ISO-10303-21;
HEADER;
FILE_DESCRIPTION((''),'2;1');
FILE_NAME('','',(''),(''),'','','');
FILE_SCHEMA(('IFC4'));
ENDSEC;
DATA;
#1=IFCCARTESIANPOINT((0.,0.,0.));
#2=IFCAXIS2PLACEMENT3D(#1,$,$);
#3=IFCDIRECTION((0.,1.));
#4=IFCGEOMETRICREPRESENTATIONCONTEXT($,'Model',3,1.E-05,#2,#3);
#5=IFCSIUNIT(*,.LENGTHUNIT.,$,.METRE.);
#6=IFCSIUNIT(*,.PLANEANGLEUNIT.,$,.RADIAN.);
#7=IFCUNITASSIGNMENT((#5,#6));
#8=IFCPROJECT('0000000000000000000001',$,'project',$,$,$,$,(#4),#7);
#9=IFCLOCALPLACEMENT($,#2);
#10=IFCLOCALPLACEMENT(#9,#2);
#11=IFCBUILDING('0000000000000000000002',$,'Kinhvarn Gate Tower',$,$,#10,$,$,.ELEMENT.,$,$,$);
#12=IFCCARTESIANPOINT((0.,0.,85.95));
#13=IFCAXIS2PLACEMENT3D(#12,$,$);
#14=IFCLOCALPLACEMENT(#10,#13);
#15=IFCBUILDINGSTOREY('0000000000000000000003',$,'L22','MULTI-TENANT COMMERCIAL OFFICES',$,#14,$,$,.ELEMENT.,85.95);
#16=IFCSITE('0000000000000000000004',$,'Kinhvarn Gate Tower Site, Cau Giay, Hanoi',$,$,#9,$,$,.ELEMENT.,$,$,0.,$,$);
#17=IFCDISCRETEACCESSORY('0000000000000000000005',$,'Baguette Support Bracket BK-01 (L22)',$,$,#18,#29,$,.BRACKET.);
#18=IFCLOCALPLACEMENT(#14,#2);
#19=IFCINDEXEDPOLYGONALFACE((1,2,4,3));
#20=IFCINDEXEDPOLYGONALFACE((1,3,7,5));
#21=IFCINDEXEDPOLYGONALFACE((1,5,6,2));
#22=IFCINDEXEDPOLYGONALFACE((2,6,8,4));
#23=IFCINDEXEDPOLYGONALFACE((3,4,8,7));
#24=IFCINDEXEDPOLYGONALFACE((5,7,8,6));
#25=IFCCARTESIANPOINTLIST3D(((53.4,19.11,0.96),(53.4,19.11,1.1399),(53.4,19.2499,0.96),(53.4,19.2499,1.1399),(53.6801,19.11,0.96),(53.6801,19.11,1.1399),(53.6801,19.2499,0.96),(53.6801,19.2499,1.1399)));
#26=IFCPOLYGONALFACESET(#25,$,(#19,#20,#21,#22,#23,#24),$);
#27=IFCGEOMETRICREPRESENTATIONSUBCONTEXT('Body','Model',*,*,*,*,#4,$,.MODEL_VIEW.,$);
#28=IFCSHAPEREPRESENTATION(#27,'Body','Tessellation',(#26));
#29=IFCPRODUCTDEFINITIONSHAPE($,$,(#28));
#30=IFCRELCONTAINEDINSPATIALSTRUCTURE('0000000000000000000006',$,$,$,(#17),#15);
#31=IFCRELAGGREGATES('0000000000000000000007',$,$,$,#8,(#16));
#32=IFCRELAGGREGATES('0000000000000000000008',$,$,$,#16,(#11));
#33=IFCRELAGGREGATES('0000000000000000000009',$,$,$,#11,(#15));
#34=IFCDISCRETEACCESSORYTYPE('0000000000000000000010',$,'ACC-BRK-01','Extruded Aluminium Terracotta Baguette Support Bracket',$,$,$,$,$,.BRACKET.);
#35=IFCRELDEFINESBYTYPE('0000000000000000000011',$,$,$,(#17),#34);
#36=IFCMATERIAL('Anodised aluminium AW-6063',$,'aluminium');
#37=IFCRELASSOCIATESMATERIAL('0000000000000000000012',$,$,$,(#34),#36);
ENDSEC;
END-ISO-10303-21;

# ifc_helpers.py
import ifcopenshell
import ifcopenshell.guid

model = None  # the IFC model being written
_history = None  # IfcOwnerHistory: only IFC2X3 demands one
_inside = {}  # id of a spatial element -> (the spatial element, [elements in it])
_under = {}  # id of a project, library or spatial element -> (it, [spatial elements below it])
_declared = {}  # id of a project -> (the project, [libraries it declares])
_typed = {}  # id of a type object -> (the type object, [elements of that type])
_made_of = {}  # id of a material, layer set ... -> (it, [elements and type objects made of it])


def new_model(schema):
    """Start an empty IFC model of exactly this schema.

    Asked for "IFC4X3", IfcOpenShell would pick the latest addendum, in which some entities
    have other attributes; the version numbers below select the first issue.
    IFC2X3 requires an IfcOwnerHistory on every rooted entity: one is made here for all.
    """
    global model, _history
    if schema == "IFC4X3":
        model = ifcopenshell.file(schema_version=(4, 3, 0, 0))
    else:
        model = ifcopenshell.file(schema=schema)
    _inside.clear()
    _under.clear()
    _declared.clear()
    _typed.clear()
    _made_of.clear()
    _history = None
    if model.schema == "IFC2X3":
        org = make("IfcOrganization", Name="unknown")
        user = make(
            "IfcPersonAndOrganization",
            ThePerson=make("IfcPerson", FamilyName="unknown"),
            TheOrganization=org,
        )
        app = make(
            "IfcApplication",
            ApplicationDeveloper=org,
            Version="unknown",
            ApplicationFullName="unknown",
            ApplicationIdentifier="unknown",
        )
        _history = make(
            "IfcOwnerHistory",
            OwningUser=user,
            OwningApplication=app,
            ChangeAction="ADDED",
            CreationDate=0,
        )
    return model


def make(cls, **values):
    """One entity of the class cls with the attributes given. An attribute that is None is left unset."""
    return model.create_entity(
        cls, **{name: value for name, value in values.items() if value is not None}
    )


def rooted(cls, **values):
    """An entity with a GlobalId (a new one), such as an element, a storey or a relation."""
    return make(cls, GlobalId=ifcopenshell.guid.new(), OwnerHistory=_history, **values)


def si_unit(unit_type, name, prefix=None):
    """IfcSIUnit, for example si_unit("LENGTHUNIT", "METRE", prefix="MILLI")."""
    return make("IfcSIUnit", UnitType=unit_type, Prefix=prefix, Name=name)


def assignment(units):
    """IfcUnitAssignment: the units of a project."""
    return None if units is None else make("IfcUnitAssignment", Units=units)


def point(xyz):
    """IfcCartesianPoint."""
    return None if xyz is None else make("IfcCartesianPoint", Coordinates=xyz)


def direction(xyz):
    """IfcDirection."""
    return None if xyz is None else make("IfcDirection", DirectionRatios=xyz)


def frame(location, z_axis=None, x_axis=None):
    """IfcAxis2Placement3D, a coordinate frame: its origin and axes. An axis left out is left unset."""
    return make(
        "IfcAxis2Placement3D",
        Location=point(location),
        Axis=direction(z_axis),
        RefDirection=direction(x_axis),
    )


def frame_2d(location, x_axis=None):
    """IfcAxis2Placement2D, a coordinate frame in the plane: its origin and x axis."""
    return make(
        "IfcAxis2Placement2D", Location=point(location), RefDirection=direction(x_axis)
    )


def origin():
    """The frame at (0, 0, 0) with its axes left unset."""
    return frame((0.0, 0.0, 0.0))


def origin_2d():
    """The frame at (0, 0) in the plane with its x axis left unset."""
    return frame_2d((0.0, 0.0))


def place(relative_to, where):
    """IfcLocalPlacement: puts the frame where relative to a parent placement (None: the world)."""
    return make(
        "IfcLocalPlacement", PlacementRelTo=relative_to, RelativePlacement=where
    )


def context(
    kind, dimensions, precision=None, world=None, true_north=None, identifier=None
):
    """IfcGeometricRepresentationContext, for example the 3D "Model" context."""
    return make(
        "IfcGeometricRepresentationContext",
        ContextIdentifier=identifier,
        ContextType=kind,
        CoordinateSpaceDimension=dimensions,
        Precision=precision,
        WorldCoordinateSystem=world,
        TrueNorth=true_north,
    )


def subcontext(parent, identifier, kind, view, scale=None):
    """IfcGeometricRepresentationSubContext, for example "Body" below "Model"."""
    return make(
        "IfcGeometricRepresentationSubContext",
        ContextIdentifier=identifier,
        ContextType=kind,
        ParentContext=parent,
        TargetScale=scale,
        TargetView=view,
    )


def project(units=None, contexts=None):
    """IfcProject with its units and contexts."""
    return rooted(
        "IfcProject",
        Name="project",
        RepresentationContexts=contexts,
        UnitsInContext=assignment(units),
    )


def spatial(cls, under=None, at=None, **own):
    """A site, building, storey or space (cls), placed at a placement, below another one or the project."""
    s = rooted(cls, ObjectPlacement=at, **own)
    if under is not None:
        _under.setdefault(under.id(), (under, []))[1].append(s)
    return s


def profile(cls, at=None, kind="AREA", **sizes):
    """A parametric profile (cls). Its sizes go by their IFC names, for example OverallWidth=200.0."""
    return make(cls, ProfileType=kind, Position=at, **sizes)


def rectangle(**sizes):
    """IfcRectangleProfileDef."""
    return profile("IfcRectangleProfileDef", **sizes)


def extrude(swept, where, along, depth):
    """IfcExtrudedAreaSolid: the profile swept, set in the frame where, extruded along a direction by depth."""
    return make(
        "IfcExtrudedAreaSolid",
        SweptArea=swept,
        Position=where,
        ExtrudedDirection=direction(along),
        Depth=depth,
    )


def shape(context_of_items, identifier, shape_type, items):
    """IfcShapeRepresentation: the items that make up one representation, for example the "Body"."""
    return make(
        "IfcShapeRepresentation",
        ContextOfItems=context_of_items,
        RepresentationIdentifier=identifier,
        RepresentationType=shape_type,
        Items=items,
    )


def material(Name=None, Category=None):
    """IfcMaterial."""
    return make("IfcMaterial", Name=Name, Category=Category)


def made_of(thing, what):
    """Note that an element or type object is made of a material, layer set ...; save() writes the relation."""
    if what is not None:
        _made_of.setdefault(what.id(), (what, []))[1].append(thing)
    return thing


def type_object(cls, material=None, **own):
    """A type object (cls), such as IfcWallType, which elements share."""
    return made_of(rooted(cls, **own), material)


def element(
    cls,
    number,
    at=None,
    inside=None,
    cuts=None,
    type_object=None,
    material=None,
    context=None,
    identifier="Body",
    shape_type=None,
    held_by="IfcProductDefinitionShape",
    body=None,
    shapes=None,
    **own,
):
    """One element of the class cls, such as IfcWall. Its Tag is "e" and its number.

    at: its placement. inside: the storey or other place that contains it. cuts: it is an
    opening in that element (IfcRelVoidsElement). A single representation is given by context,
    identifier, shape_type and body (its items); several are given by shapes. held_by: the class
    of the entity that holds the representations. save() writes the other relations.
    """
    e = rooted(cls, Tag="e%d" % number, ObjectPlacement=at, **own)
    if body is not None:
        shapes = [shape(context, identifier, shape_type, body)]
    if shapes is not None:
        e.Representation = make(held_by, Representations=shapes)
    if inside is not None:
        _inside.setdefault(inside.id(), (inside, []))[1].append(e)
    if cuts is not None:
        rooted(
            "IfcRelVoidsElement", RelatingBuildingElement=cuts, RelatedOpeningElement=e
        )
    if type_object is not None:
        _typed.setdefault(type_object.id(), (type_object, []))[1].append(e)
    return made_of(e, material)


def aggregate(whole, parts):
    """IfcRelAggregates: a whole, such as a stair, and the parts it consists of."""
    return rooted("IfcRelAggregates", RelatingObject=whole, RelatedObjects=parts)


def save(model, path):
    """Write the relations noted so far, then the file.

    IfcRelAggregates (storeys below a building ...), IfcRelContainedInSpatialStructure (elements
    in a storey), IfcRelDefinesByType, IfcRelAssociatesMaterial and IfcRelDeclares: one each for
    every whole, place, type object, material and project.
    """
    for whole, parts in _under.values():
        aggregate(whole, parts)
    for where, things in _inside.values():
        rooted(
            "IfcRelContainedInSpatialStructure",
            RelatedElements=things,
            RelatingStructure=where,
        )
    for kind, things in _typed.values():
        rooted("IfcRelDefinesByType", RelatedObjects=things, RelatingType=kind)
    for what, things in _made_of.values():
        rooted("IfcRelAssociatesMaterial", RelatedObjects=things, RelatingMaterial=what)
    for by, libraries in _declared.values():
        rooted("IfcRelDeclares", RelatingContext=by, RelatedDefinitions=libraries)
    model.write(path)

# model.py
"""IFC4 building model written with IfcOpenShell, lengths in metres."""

from ifc_helpers import new_model, si_unit, direction, frame, origin, origin_2d, place, context, subcontext, project, spatial, rectangle, extrude, material, type_object, element, save


model = new_model("IFC4")

# Units and contexts
model_context = context("Model", 3, precision=1e-05, world=origin(), true_north=direction((0.0, 1.0)))
body_context = subcontext(model_context, "Body", "Model", "MODEL_VIEW")
ifc_project = project(units=[si_unit("LENGTHUNIT", "METRE"), si_unit("PLANEANGLEUNIT", "RADIAN")], contexts=[model_context])

# Site, building, storey
site_placement = place(None, origin())
site = spatial("IfcSite", under=ifc_project, at=site_placement, Name="Kinhvarn Gate Tower Site, Cau Giay, Hanoi", CompositionType="ELEMENT", RefElevation=0.0)
building_placement = place(site_placement, origin())
building = spatial("IfcBuilding", under=site, at=building_placement, Name="Kinhvarn Gate Tower", CompositionType="ELEMENT")
storey_placement = place(building_placement, frame((0.0, 0.0, 85.95)))
storey = spatial("IfcBuildingStorey", under=building, at=storey_placement, Name="L22", Description="MULTI-TENANT COMMERCIAL OFFICES", CompositionType="ELEMENT", Elevation=85.95)

# Shared definitions
ifc_material_1 = material(Name="Anodised aluminium AW-6063", Category="aluminium")

# Discrete accessory
discrete_accessory_type = type_object("IfcDiscreteAccessoryType", Name="ACC-BRK-01", Description="Extruded Aluminium Terracotta Baguette Support Bracket", PredefinedType="BRACKET", material=ifc_material_1)
for number, where, z_axis, x_axis, name in (
    (1, (53.54, 19.1799, 0.96), (0.0, 0.0, 1.0), (0.0, 1.0, 0.0), "Baguette Support Bracket BK-01 (L22)"),
):
    element("IfcDiscreteAccessory", number, at=place(storey_placement, frame(where, z_axis=z_axis, x_axis=x_axis)), inside=storey, type_object=discrete_accessory_type, Name=name, PredefinedType="BRACKET", context=body_context, shape_type="SweptSolid", body=[
        extrude(rectangle(XDim=0.1399, YDim=0.28, at=origin_2d()), origin(), (0.0, 0.0, 1.0), 0.1799),
    ])

save(model, "model.ifc")
